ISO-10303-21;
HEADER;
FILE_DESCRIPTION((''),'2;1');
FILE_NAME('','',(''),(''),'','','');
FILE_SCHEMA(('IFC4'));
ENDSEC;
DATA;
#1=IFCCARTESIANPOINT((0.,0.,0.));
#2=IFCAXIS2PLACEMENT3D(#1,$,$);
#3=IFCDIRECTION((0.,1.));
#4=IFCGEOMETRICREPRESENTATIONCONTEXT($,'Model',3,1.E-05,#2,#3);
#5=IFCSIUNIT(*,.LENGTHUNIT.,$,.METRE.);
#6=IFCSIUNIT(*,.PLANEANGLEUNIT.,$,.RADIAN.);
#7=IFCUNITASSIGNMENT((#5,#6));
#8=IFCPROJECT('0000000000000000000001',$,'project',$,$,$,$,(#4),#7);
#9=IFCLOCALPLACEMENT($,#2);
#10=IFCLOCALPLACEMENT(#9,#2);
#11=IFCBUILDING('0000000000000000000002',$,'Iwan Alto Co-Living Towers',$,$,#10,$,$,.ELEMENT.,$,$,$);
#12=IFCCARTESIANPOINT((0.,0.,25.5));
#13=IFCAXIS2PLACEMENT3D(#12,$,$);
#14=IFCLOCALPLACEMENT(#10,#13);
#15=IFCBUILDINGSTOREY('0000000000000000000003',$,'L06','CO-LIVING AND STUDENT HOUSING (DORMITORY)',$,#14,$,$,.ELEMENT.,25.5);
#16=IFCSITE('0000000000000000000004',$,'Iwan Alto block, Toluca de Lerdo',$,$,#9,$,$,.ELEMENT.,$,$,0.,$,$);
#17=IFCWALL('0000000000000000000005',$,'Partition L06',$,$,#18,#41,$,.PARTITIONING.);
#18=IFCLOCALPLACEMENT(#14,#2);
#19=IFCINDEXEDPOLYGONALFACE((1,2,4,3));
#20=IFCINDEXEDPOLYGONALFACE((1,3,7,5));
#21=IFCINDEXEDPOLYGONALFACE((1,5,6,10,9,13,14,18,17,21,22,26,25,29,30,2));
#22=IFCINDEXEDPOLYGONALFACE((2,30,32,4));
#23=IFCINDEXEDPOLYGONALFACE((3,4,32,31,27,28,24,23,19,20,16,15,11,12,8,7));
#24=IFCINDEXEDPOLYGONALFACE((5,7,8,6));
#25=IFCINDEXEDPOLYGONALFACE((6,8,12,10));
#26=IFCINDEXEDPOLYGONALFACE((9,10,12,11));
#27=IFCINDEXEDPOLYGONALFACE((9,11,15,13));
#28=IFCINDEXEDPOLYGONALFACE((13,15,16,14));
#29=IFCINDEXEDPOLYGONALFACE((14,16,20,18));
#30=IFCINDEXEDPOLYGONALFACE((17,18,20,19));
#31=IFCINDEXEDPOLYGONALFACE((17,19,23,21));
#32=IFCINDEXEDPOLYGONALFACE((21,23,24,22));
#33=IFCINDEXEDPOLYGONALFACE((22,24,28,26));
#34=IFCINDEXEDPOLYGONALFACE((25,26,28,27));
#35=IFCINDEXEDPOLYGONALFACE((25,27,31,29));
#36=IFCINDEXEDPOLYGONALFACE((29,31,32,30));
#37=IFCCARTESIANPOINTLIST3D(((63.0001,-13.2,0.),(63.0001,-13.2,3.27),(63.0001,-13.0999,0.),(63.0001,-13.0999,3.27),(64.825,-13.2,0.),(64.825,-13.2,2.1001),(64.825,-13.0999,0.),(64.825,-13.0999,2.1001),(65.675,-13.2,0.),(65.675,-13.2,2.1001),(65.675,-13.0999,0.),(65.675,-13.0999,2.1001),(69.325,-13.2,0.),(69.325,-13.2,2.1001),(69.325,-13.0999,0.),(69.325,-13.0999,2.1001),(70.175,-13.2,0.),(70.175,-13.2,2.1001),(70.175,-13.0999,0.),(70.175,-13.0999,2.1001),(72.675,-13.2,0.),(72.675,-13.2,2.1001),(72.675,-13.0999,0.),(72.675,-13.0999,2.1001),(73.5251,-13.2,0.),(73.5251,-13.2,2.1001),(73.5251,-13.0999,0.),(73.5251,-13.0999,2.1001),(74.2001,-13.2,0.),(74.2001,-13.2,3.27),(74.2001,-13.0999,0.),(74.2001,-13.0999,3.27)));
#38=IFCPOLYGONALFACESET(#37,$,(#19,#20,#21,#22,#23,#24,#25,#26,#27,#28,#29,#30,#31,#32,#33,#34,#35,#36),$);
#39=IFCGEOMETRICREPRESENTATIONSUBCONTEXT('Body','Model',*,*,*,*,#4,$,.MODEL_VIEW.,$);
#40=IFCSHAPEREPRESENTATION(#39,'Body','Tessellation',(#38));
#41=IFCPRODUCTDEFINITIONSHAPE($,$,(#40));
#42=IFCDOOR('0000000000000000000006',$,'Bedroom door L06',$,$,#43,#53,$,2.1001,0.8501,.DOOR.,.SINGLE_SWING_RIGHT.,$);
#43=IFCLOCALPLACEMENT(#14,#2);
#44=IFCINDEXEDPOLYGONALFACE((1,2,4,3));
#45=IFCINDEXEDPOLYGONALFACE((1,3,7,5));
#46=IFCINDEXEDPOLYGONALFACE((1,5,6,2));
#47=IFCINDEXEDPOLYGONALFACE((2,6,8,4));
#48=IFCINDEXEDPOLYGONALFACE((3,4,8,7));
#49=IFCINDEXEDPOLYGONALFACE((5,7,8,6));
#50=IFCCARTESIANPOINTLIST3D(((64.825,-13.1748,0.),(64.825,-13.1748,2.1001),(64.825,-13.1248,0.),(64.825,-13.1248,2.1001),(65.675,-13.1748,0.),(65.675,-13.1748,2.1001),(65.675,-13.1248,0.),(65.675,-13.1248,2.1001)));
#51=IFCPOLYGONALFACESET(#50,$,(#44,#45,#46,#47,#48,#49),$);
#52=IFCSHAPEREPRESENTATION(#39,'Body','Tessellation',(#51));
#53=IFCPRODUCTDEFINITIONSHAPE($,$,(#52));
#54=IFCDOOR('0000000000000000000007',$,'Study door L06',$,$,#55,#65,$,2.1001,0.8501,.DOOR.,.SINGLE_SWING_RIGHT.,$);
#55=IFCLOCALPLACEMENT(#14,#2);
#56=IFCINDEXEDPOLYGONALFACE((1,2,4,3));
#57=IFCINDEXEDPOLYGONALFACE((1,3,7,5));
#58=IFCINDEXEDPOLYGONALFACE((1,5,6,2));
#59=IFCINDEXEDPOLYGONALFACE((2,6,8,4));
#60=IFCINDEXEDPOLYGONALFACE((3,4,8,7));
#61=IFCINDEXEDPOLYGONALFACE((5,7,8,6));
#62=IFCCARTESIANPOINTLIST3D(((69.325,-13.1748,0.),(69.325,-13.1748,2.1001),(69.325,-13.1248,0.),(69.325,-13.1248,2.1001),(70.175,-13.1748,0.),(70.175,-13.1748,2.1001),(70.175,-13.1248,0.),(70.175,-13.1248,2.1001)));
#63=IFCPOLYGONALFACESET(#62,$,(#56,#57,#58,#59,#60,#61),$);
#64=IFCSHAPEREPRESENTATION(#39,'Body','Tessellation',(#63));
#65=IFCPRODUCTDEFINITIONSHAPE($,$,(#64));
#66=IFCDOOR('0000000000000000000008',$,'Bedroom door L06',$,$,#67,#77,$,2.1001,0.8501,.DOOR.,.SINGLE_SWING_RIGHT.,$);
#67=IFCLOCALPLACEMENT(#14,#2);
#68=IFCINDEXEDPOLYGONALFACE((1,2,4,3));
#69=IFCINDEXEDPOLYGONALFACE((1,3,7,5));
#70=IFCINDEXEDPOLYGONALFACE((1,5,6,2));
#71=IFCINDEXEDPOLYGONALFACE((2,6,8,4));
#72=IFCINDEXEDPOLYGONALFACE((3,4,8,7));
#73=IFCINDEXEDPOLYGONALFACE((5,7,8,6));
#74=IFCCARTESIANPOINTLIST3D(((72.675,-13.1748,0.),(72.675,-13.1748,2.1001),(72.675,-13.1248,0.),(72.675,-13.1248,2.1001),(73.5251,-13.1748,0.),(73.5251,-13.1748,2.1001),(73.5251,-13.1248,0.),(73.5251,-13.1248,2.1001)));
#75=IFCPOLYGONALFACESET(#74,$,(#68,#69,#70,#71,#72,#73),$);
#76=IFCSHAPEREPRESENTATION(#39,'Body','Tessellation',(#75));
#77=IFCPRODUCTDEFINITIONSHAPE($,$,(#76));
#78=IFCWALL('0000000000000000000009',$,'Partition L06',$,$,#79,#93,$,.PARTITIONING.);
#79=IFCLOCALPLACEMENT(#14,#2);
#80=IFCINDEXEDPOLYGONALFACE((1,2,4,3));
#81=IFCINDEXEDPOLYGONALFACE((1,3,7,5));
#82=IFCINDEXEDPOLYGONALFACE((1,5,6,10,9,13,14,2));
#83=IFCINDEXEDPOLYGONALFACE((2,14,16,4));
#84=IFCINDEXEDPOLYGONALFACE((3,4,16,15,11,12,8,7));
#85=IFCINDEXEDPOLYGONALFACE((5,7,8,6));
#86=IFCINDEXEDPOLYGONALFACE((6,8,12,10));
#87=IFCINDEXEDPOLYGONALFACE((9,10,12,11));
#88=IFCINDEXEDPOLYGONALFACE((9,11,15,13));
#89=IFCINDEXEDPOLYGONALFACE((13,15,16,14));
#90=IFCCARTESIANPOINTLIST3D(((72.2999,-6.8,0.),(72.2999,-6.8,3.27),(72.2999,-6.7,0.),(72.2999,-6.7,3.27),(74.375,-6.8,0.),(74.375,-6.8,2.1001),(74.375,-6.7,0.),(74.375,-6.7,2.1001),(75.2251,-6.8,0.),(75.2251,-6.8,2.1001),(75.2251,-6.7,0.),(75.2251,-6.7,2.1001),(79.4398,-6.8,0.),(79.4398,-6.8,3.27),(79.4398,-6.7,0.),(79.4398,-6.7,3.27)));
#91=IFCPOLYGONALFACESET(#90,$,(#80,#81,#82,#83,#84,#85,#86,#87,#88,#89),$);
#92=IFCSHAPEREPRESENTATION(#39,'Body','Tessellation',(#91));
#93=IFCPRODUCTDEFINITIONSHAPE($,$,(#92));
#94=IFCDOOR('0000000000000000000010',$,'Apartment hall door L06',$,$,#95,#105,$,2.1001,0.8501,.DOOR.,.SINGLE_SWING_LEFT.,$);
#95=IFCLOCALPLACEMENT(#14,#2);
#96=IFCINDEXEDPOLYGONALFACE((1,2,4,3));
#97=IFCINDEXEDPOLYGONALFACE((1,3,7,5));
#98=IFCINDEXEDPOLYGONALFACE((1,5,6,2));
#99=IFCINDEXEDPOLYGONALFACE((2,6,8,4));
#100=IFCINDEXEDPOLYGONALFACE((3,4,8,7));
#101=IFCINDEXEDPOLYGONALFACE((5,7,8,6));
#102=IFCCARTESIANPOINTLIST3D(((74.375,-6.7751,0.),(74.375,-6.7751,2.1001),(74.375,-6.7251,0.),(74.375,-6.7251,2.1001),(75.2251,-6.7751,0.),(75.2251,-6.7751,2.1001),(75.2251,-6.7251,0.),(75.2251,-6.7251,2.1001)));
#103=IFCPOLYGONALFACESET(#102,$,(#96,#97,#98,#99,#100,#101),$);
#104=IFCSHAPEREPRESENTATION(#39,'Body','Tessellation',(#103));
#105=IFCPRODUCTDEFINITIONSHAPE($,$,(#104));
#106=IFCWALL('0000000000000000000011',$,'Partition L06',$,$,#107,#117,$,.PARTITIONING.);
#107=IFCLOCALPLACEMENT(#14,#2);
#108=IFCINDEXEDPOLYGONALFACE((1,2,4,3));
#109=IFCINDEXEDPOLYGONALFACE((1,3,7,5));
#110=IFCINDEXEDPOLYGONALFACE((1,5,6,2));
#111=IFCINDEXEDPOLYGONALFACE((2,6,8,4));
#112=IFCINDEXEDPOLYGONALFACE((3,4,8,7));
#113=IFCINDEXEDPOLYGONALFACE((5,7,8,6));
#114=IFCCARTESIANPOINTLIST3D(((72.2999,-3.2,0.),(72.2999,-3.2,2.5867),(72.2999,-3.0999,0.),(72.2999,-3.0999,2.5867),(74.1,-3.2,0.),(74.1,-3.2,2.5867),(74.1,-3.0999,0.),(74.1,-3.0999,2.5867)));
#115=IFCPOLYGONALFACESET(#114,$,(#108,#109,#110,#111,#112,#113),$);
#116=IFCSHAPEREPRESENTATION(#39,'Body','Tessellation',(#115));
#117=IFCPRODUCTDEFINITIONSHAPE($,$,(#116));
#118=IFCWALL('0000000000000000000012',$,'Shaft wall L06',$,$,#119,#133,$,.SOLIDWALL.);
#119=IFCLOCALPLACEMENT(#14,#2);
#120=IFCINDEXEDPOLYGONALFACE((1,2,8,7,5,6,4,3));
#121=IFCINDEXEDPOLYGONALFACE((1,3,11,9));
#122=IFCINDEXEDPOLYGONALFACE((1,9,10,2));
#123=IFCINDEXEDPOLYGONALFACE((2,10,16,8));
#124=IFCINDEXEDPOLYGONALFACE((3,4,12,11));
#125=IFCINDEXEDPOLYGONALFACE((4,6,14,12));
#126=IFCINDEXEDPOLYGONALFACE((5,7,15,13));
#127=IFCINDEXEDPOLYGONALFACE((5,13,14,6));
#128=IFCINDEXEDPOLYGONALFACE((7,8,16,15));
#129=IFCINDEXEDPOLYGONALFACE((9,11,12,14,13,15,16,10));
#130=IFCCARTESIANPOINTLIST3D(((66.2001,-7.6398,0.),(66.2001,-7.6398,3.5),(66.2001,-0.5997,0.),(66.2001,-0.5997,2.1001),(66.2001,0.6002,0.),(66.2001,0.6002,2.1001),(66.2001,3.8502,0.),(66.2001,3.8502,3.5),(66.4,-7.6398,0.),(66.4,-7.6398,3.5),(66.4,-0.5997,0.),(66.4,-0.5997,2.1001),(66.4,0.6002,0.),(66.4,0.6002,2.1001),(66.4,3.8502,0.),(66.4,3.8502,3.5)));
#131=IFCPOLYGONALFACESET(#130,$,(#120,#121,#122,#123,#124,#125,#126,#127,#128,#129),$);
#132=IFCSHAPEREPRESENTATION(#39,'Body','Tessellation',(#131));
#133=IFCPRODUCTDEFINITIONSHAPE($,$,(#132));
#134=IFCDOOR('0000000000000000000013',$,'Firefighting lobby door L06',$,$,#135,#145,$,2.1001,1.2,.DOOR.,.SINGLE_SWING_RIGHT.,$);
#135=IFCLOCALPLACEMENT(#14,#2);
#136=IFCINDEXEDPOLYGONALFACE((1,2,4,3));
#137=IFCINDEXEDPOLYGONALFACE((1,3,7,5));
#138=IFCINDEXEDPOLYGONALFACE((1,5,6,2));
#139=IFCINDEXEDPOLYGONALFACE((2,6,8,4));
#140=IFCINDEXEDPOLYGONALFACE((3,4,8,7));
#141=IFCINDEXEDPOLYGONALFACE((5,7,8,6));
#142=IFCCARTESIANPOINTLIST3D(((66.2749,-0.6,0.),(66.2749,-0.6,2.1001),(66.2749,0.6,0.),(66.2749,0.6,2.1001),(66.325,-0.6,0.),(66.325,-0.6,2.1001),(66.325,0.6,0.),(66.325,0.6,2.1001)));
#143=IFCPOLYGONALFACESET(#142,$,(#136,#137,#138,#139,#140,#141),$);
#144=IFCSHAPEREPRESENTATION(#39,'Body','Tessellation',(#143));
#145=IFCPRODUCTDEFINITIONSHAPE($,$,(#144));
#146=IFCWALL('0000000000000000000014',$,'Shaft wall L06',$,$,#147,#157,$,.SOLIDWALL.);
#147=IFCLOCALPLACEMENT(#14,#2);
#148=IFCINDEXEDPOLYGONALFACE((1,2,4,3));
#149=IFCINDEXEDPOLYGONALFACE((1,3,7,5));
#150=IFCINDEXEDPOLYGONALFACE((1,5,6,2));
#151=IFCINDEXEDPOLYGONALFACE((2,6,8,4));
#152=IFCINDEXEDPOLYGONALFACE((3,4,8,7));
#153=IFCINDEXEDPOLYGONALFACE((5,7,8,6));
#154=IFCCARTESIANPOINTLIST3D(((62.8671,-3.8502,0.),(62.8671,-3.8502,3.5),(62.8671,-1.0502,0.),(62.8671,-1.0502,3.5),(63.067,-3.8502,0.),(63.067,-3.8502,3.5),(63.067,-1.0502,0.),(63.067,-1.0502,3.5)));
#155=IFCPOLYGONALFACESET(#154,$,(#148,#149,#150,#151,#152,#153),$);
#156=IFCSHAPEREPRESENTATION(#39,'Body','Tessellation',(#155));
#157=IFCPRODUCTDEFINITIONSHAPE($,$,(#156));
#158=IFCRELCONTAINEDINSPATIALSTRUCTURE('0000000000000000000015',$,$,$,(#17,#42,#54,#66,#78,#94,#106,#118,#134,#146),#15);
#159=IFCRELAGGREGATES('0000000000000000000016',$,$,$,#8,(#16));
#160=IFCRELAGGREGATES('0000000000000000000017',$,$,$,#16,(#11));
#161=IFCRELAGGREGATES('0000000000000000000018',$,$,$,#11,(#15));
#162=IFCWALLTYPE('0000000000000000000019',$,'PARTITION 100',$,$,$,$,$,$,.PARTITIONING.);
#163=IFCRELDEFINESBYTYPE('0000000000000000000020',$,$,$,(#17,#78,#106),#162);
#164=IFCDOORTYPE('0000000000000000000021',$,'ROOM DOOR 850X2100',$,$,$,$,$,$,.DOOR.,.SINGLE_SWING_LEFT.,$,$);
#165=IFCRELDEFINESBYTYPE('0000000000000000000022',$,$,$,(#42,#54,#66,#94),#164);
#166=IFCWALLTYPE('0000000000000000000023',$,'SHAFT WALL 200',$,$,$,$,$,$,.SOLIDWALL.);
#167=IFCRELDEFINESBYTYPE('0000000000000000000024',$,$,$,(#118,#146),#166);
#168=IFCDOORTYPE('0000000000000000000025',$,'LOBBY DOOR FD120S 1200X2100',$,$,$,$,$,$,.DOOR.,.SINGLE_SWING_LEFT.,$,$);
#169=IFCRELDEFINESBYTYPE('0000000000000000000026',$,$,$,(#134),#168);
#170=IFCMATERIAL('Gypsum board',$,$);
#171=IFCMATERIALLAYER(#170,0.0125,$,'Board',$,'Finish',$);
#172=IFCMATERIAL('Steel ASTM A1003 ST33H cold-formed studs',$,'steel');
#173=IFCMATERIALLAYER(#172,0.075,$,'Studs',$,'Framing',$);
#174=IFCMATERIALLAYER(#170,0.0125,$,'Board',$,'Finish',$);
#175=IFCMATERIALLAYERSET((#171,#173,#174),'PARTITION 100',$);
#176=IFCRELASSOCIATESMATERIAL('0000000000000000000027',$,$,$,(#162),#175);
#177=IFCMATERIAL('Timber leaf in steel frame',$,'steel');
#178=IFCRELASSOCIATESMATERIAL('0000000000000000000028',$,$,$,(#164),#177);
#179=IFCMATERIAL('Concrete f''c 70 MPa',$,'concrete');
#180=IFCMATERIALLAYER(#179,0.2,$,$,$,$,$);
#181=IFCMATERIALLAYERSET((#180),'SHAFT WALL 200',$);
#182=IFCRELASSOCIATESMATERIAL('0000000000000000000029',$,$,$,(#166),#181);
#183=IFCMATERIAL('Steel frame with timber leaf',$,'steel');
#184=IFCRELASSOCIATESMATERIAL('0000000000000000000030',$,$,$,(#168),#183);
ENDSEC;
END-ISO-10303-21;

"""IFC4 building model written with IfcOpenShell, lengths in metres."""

from ifc_helpers import new_model, si_unit, direction, frame, frame_2d, origin, place, context, subcontext, project, spatial, rectangle, extrude, material, layer, layer_set, type_object, element, fill, save


model = new_model("IFC4")

# Units and contexts
model_context = context("Model", 3, precision=1e-05, world=origin(), true_north=direction((0.0, 1.0)))
body_context = subcontext(model_context, "Body", "Model", "MODEL_VIEW")
ifc_project = project(units=[si_unit("LENGTHUNIT", "METRE"), si_unit("PLANEANGLEUNIT", "RADIAN")], contexts=[model_context])

# Site, building, storey
site_placement = place(None, origin())
site = spatial("IfcSite", under=ifc_project, at=site_placement, Name="Iwan Alto block, Toluca de Lerdo", CompositionType="ELEMENT", RefElevation=0.0)
building_placement = place(site_placement, origin())
building = spatial("IfcBuilding", under=site, at=building_placement, Name="Iwan Alto Co-Living Towers", CompositionType="ELEMENT")
storey_placement = place(building_placement, frame((0.0, 0.0, 25.5)))
storey = spatial("IfcBuildingStorey", under=building, at=storey_placement, Name="L06", Description="CO-LIVING AND STUDENT HOUSING (DORMITORY)", CompositionType="ELEMENT", Elevation=25.5)

# Shared definitions
ifc_material_1 = material(Name="Gypsum board")
ifc_material_2 = material(Name="Steel ASTM A1003 ST33H cold-formed studs", Category="steel")

# Wall, openings, doors
ifc_layer_1 = layer(ifc_material_1, 0.0125, Name="Board", Category="Finish")
ifc_layer_2 = layer(ifc_material_2, 0.075, Name="Studs", Category="Framing")
ifc_layer_3 = layer(ifc_material_1, 0.0125, Name="Board", Category="Finish")
ifc_layer_set_1 = layer_set([ifc_layer_1, ifc_layer_2, ifc_layer_3], Name="PARTITION 100")
wall_type_1 = type_object("IfcWallType", Name="PARTITION 100", PredefinedType="PARTITIONING", material=ifc_layer_set_1)
wall_1_placement = place(storey_placement, frame((63.0, -13.1499, 0.0), z_axis=(0.0, 0.0, 1.0), x_axis=(1.0, 0.0, 0.0)))
wall_1 = element("IfcWall", 1, at=wall_1_placement, inside=storey, type_object=wall_type_1, Name="Partition L06", PredefinedType="PARTITIONING", context=body_context, shape_type="SweptSolid", body=[
    extrude(rectangle(XDim=11.2, YDim=0.1001, at=frame_2d((5.6001, 0.0))), origin(), (0.0, 0.0, 1.0), 3.27),
])
opening_1_placement = place(wall_1_placement, frame((1.825, 0.0, 0.0)))
opening_1 = element("IfcOpeningElement", 2, at=opening_1_placement, cuts=wall_1, PredefinedType="OPENING", context=body_context, shape_type="SweptSolid", body=[
    extrude(rectangle(XDim=0.8501, YDim=2.1001, at=frame_2d((0.425, 1.05))), frame((0.0, 0.0601, 0.0), z_axis=(0.0, -1.0, 0.0), x_axis=(1.0, 0.0, 0.0)), (0.0, 0.0, 1.0), 0.1201),
])
opening_2_placement = place(wall_1_placement, frame((6.325, 0.0, 0.0)))
opening_2 = element("IfcOpeningElement", 3, at=opening_2_placement, cuts=wall_1, PredefinedType="OPENING", context=body_context, shape_type="SweptSolid", body=[
    extrude(rectangle(XDim=0.8501, YDim=2.1001, at=frame_2d((0.425, 1.05))), frame((0.0, 0.0601, 0.0), z_axis=(0.0, -1.0, 0.0), x_axis=(1.0, 0.0, 0.0)), (0.0, 0.0, 1.0), 0.1201),
])
opening_3_placement = place(wall_1_placement, frame((9.675, 0.0, 0.0)))
opening_3 = element("IfcOpeningElement", 4, at=opening_3_placement, cuts=wall_1, PredefinedType="OPENING", context=body_context, shape_type="SweptSolid", body=[
    extrude(rectangle(XDim=0.8501, YDim=2.1001, at=frame_2d((0.425, 1.05))), frame((0.0, 0.0601, 0.0), z_axis=(0.0, -1.0, 0.0), x_axis=(1.0, 0.0, 0.0)), (0.0, 0.0, 1.0), 0.1201),
])
ifc_material_3 = material(Name="Timber leaf in steel frame", Category="steel")
door_type_1 = type_object("IfcDoorType", Name="ROOM DOOR 850X2100", OperationType="SINGLE_SWING_LEFT", PredefinedType="DOOR", material=ifc_material_3)
door_1_placement = place(opening_1_placement, frame((0.8501, 0.0, 0.0), z_axis=(0.0, 0.0, 1.0), x_axis=(-1.0, 0.0, 0.0)))
door_1 = element("IfcDoor", 5, at=door_1_placement, inside=storey, type_object=door_type_1, Name="Bedroom door L06", OperationType="SINGLE_SWING_RIGHT", OverallHeight=2.1001, OverallWidth=0.8501, PredefinedType="DOOR", context=body_context, shape_type="SweptSolid", body=[
    extrude(rectangle(XDim=0.8501, YDim=2.1001, at=frame_2d((0.425, 1.05))), frame((0.0, 0.0249, 0.0), z_axis=(0.0, -1.0, 0.0), x_axis=(1.0, 0.0, 0.0)), (0.0, 0.0, 1.0), 0.05),
])
fill(opening_1, door_1)
door_2_placement = place(opening_2_placement, frame((0.8501, 0.0, 0.0), z_axis=(0.0, 0.0, 1.0), x_axis=(-1.0, 0.0, 0.0)))
door_2 = element("IfcDoor", 6, at=door_2_placement, inside=storey, type_object=door_type_1, Name="Study door L06", OperationType="SINGLE_SWING_RIGHT", OverallHeight=2.1001, OverallWidth=0.8501, PredefinedType="DOOR", context=body_context, shape_type="SweptSolid", body=[
    extrude(rectangle(XDim=0.8501, YDim=2.1001, at=frame_2d((0.425, 1.05))), frame((0.0, 0.0249, 0.0), z_axis=(0.0, -1.0, 0.0), x_axis=(1.0, 0.0, 0.0)), (0.0, 0.0, 1.0), 0.05),
])
fill(opening_2, door_2)
door_3_placement = place(opening_3_placement, frame((0.8501, 0.0, 0.0), z_axis=(0.0, 0.0, 1.0), x_axis=(-1.0, 0.0, 0.0)))
door_3 = element("IfcDoor", 7, at=door_3_placement, inside=storey, type_object=door_type_1, Name="Bedroom door L06", OperationType="SINGLE_SWING_RIGHT", OverallHeight=2.1001, OverallWidth=0.8501, PredefinedType="DOOR", context=body_context, shape_type="SweptSolid", body=[
    extrude(rectangle(XDim=0.8501, YDim=2.1001, at=frame_2d((0.425, 1.05))), frame((0.0, 0.0249, 0.0), z_axis=(0.0, -1.0, 0.0), x_axis=(1.0, 0.0, 0.0)), (0.0, 0.0, 1.0), 0.05),
])
fill(opening_3, door_3)

# Wall, opening, door
wall_2_placement = place(storey_placement, frame((72.3, -6.75, 0.0), z_axis=(0.0, 0.0, 1.0), x_axis=(1.0, 0.0, 0.0)))
wall_2 = element("IfcWall", 8, at=wall_2_placement, inside=storey, type_object=wall_type_1, Name="Partition L06", PredefinedType="PARTITIONING", context=body_context, shape_type="SweptSolid", body=[
    extrude(rectangle(XDim=7.1399, YDim=0.1001, at=frame_2d((3.5698, 0.0))), origin(), (0.0, 0.0, 1.0), 3.27),
])
opening_4_placement = place(wall_2_placement, frame((2.075, 0.0, 0.0)))
opening_4 = element("IfcOpeningElement", 9, at=opening_4_placement, cuts=wall_2, PredefinedType="OPENING", context=body_context, shape_type="SweptSolid", body=[
    extrude(rectangle(XDim=0.8501, YDim=2.1001, at=frame_2d((0.425, 1.05))), frame((0.0, 0.0601, 0.0), z_axis=(0.0, -1.0, 0.0), x_axis=(1.0, 0.0, 0.0)), (0.0, 0.0, 1.0), 0.1201),
])
door_4_placement = place(opening_4_placement, origin())
door_4 = element("IfcDoor", 10, at=door_4_placement, inside=storey, type_object=door_type_1, Name="Apartment hall door L06", OperationType="SINGLE_SWING_LEFT", OverallHeight=2.1001, OverallWidth=0.8501, PredefinedType="DOOR", context=body_context, shape_type="SweptSolid", body=[
    extrude(rectangle(XDim=0.8501, YDim=2.1001, at=frame_2d((0.425, 1.05))), frame((0.0, 0.0249, 0.0), z_axis=(0.0, -1.0, 0.0), x_axis=(1.0, 0.0, 0.0)), (0.0, 0.0, 1.0), 0.05),
])
fill(opening_4, door_4)

# Wall
wall_3_placement = place(storey_placement, frame((72.3, -3.1499, 0.0), z_axis=(0.0, 0.0, 1.0), x_axis=(1.0, 0.0, 0.0)))
element("IfcWall", 11, at=wall_3_placement, inside=storey, type_object=wall_type_1, Name="Partition L06", PredefinedType="PARTITIONING", context=body_context, shape_type="SweptSolid", body=[
    extrude(rectangle(XDim=1.8, YDim=0.1001, at=frame_2d((0.8999, 0.0))), origin(), (0.0, 0.0, 1.0), 2.5867),
])

# Wall, opening, door
ifc_material_4 = material(Name="Concrete f'c 70 MPa", Category="concrete")
ifc_layer_4 = layer(ifc_material_4, 0.2)
ifc_layer_set_2 = layer_set([ifc_layer_4], Name="SHAFT WALL 200")
wall_type_2 = type_object("IfcWallType", Name="SHAFT WALL 200", PredefinedType="SOLIDWALL", material=ifc_layer_set_2)
wall_4_placement = place(storey_placement, frame((66.3, -7.6399, 0.0), z_axis=(0.0, 0.0, 1.0), x_axis=(0.0, 1.0, 0.0)))
wall_4 = element("IfcWall", 12, at=wall_4_placement, inside=storey, type_object=wall_type_2, Name="Shaft wall L06", PredefinedType="SOLIDWALL", context=body_context, shape_type="SweptSolid", body=[
    extrude(rectangle(XDim=11.49, YDim=0.2, at=frame_2d((5.7451, 0.0))), origin(), (0.0, 0.0, 1.0), 3.5),
])
opening_5_placement = place(wall_4_placement, frame((7.04, 0.0, 0.0)))
opening_5 = element("IfcOpeningElement", 13, at=opening_5_placement, cuts=wall_4, PredefinedType="OPENING", context=body_context, shape_type="SweptSolid", body=[
    extrude(rectangle(XDim=1.2, YDim=2.1001, at=frame_2d((0.6001, 1.05))), frame((0.0, 0.1099, 0.0), z_axis=(0.0, -1.0, 0.0), x_axis=(1.0, 0.0, 0.0)), (0.0, 0.0, 1.0), 0.22),
])
ifc_material_5 = material(Name="Steel frame with timber leaf", Category="steel")
door_type_2 = type_object("IfcDoorType", Name="LOBBY DOOR FD120S 1200X2100", OperationType="SINGLE_SWING_LEFT", PredefinedType="DOOR", material=ifc_material_5)
door_5_placement = place(opening_5_placement, frame((1.2, 0.0, 0.0), z_axis=(0.0, 0.0, 1.0), x_axis=(-1.0, 0.0, 0.0)))
door_5 = element("IfcDoor", 14, at=door_5_placement, inside=storey, type_object=door_type_2, Name="Firefighting lobby door L06", OperationType="SINGLE_SWING_RIGHT", OverallHeight=2.1001, OverallWidth=1.2, PredefinedType="DOOR", context=body_context, shape_type="SweptSolid", body=[
    extrude(rectangle(XDim=1.2, YDim=2.1001, at=frame_2d((0.6001, 1.05))), frame((0.0, 0.0249, 0.0), z_axis=(0.0, -1.0, 0.0), x_axis=(1.0, 0.0, 0.0)), (0.0, 0.0, 1.0), 0.05),
])
fill(opening_5, door_5)

# Wall
wall_5_placement = place(storey_placement, frame((62.967, -3.8501, 0.0), z_axis=(0.0, 0.0, 1.0), x_axis=(0.0, 1.0, 0.0)))
element("IfcWall", 15, at=wall_5_placement, inside=storey, type_object=wall_type_2, Name="Shaft wall L06", PredefinedType="SOLIDWALL", context=body_context, shape_type="SweptSolid", body=[
    extrude(rectangle(XDim=2.8, YDim=0.2, at=frame_2d((1.3999, 0.0))), origin(), (0.0, 0.0, 1.0), 3.5),
])

save(model, "model.ifc")
